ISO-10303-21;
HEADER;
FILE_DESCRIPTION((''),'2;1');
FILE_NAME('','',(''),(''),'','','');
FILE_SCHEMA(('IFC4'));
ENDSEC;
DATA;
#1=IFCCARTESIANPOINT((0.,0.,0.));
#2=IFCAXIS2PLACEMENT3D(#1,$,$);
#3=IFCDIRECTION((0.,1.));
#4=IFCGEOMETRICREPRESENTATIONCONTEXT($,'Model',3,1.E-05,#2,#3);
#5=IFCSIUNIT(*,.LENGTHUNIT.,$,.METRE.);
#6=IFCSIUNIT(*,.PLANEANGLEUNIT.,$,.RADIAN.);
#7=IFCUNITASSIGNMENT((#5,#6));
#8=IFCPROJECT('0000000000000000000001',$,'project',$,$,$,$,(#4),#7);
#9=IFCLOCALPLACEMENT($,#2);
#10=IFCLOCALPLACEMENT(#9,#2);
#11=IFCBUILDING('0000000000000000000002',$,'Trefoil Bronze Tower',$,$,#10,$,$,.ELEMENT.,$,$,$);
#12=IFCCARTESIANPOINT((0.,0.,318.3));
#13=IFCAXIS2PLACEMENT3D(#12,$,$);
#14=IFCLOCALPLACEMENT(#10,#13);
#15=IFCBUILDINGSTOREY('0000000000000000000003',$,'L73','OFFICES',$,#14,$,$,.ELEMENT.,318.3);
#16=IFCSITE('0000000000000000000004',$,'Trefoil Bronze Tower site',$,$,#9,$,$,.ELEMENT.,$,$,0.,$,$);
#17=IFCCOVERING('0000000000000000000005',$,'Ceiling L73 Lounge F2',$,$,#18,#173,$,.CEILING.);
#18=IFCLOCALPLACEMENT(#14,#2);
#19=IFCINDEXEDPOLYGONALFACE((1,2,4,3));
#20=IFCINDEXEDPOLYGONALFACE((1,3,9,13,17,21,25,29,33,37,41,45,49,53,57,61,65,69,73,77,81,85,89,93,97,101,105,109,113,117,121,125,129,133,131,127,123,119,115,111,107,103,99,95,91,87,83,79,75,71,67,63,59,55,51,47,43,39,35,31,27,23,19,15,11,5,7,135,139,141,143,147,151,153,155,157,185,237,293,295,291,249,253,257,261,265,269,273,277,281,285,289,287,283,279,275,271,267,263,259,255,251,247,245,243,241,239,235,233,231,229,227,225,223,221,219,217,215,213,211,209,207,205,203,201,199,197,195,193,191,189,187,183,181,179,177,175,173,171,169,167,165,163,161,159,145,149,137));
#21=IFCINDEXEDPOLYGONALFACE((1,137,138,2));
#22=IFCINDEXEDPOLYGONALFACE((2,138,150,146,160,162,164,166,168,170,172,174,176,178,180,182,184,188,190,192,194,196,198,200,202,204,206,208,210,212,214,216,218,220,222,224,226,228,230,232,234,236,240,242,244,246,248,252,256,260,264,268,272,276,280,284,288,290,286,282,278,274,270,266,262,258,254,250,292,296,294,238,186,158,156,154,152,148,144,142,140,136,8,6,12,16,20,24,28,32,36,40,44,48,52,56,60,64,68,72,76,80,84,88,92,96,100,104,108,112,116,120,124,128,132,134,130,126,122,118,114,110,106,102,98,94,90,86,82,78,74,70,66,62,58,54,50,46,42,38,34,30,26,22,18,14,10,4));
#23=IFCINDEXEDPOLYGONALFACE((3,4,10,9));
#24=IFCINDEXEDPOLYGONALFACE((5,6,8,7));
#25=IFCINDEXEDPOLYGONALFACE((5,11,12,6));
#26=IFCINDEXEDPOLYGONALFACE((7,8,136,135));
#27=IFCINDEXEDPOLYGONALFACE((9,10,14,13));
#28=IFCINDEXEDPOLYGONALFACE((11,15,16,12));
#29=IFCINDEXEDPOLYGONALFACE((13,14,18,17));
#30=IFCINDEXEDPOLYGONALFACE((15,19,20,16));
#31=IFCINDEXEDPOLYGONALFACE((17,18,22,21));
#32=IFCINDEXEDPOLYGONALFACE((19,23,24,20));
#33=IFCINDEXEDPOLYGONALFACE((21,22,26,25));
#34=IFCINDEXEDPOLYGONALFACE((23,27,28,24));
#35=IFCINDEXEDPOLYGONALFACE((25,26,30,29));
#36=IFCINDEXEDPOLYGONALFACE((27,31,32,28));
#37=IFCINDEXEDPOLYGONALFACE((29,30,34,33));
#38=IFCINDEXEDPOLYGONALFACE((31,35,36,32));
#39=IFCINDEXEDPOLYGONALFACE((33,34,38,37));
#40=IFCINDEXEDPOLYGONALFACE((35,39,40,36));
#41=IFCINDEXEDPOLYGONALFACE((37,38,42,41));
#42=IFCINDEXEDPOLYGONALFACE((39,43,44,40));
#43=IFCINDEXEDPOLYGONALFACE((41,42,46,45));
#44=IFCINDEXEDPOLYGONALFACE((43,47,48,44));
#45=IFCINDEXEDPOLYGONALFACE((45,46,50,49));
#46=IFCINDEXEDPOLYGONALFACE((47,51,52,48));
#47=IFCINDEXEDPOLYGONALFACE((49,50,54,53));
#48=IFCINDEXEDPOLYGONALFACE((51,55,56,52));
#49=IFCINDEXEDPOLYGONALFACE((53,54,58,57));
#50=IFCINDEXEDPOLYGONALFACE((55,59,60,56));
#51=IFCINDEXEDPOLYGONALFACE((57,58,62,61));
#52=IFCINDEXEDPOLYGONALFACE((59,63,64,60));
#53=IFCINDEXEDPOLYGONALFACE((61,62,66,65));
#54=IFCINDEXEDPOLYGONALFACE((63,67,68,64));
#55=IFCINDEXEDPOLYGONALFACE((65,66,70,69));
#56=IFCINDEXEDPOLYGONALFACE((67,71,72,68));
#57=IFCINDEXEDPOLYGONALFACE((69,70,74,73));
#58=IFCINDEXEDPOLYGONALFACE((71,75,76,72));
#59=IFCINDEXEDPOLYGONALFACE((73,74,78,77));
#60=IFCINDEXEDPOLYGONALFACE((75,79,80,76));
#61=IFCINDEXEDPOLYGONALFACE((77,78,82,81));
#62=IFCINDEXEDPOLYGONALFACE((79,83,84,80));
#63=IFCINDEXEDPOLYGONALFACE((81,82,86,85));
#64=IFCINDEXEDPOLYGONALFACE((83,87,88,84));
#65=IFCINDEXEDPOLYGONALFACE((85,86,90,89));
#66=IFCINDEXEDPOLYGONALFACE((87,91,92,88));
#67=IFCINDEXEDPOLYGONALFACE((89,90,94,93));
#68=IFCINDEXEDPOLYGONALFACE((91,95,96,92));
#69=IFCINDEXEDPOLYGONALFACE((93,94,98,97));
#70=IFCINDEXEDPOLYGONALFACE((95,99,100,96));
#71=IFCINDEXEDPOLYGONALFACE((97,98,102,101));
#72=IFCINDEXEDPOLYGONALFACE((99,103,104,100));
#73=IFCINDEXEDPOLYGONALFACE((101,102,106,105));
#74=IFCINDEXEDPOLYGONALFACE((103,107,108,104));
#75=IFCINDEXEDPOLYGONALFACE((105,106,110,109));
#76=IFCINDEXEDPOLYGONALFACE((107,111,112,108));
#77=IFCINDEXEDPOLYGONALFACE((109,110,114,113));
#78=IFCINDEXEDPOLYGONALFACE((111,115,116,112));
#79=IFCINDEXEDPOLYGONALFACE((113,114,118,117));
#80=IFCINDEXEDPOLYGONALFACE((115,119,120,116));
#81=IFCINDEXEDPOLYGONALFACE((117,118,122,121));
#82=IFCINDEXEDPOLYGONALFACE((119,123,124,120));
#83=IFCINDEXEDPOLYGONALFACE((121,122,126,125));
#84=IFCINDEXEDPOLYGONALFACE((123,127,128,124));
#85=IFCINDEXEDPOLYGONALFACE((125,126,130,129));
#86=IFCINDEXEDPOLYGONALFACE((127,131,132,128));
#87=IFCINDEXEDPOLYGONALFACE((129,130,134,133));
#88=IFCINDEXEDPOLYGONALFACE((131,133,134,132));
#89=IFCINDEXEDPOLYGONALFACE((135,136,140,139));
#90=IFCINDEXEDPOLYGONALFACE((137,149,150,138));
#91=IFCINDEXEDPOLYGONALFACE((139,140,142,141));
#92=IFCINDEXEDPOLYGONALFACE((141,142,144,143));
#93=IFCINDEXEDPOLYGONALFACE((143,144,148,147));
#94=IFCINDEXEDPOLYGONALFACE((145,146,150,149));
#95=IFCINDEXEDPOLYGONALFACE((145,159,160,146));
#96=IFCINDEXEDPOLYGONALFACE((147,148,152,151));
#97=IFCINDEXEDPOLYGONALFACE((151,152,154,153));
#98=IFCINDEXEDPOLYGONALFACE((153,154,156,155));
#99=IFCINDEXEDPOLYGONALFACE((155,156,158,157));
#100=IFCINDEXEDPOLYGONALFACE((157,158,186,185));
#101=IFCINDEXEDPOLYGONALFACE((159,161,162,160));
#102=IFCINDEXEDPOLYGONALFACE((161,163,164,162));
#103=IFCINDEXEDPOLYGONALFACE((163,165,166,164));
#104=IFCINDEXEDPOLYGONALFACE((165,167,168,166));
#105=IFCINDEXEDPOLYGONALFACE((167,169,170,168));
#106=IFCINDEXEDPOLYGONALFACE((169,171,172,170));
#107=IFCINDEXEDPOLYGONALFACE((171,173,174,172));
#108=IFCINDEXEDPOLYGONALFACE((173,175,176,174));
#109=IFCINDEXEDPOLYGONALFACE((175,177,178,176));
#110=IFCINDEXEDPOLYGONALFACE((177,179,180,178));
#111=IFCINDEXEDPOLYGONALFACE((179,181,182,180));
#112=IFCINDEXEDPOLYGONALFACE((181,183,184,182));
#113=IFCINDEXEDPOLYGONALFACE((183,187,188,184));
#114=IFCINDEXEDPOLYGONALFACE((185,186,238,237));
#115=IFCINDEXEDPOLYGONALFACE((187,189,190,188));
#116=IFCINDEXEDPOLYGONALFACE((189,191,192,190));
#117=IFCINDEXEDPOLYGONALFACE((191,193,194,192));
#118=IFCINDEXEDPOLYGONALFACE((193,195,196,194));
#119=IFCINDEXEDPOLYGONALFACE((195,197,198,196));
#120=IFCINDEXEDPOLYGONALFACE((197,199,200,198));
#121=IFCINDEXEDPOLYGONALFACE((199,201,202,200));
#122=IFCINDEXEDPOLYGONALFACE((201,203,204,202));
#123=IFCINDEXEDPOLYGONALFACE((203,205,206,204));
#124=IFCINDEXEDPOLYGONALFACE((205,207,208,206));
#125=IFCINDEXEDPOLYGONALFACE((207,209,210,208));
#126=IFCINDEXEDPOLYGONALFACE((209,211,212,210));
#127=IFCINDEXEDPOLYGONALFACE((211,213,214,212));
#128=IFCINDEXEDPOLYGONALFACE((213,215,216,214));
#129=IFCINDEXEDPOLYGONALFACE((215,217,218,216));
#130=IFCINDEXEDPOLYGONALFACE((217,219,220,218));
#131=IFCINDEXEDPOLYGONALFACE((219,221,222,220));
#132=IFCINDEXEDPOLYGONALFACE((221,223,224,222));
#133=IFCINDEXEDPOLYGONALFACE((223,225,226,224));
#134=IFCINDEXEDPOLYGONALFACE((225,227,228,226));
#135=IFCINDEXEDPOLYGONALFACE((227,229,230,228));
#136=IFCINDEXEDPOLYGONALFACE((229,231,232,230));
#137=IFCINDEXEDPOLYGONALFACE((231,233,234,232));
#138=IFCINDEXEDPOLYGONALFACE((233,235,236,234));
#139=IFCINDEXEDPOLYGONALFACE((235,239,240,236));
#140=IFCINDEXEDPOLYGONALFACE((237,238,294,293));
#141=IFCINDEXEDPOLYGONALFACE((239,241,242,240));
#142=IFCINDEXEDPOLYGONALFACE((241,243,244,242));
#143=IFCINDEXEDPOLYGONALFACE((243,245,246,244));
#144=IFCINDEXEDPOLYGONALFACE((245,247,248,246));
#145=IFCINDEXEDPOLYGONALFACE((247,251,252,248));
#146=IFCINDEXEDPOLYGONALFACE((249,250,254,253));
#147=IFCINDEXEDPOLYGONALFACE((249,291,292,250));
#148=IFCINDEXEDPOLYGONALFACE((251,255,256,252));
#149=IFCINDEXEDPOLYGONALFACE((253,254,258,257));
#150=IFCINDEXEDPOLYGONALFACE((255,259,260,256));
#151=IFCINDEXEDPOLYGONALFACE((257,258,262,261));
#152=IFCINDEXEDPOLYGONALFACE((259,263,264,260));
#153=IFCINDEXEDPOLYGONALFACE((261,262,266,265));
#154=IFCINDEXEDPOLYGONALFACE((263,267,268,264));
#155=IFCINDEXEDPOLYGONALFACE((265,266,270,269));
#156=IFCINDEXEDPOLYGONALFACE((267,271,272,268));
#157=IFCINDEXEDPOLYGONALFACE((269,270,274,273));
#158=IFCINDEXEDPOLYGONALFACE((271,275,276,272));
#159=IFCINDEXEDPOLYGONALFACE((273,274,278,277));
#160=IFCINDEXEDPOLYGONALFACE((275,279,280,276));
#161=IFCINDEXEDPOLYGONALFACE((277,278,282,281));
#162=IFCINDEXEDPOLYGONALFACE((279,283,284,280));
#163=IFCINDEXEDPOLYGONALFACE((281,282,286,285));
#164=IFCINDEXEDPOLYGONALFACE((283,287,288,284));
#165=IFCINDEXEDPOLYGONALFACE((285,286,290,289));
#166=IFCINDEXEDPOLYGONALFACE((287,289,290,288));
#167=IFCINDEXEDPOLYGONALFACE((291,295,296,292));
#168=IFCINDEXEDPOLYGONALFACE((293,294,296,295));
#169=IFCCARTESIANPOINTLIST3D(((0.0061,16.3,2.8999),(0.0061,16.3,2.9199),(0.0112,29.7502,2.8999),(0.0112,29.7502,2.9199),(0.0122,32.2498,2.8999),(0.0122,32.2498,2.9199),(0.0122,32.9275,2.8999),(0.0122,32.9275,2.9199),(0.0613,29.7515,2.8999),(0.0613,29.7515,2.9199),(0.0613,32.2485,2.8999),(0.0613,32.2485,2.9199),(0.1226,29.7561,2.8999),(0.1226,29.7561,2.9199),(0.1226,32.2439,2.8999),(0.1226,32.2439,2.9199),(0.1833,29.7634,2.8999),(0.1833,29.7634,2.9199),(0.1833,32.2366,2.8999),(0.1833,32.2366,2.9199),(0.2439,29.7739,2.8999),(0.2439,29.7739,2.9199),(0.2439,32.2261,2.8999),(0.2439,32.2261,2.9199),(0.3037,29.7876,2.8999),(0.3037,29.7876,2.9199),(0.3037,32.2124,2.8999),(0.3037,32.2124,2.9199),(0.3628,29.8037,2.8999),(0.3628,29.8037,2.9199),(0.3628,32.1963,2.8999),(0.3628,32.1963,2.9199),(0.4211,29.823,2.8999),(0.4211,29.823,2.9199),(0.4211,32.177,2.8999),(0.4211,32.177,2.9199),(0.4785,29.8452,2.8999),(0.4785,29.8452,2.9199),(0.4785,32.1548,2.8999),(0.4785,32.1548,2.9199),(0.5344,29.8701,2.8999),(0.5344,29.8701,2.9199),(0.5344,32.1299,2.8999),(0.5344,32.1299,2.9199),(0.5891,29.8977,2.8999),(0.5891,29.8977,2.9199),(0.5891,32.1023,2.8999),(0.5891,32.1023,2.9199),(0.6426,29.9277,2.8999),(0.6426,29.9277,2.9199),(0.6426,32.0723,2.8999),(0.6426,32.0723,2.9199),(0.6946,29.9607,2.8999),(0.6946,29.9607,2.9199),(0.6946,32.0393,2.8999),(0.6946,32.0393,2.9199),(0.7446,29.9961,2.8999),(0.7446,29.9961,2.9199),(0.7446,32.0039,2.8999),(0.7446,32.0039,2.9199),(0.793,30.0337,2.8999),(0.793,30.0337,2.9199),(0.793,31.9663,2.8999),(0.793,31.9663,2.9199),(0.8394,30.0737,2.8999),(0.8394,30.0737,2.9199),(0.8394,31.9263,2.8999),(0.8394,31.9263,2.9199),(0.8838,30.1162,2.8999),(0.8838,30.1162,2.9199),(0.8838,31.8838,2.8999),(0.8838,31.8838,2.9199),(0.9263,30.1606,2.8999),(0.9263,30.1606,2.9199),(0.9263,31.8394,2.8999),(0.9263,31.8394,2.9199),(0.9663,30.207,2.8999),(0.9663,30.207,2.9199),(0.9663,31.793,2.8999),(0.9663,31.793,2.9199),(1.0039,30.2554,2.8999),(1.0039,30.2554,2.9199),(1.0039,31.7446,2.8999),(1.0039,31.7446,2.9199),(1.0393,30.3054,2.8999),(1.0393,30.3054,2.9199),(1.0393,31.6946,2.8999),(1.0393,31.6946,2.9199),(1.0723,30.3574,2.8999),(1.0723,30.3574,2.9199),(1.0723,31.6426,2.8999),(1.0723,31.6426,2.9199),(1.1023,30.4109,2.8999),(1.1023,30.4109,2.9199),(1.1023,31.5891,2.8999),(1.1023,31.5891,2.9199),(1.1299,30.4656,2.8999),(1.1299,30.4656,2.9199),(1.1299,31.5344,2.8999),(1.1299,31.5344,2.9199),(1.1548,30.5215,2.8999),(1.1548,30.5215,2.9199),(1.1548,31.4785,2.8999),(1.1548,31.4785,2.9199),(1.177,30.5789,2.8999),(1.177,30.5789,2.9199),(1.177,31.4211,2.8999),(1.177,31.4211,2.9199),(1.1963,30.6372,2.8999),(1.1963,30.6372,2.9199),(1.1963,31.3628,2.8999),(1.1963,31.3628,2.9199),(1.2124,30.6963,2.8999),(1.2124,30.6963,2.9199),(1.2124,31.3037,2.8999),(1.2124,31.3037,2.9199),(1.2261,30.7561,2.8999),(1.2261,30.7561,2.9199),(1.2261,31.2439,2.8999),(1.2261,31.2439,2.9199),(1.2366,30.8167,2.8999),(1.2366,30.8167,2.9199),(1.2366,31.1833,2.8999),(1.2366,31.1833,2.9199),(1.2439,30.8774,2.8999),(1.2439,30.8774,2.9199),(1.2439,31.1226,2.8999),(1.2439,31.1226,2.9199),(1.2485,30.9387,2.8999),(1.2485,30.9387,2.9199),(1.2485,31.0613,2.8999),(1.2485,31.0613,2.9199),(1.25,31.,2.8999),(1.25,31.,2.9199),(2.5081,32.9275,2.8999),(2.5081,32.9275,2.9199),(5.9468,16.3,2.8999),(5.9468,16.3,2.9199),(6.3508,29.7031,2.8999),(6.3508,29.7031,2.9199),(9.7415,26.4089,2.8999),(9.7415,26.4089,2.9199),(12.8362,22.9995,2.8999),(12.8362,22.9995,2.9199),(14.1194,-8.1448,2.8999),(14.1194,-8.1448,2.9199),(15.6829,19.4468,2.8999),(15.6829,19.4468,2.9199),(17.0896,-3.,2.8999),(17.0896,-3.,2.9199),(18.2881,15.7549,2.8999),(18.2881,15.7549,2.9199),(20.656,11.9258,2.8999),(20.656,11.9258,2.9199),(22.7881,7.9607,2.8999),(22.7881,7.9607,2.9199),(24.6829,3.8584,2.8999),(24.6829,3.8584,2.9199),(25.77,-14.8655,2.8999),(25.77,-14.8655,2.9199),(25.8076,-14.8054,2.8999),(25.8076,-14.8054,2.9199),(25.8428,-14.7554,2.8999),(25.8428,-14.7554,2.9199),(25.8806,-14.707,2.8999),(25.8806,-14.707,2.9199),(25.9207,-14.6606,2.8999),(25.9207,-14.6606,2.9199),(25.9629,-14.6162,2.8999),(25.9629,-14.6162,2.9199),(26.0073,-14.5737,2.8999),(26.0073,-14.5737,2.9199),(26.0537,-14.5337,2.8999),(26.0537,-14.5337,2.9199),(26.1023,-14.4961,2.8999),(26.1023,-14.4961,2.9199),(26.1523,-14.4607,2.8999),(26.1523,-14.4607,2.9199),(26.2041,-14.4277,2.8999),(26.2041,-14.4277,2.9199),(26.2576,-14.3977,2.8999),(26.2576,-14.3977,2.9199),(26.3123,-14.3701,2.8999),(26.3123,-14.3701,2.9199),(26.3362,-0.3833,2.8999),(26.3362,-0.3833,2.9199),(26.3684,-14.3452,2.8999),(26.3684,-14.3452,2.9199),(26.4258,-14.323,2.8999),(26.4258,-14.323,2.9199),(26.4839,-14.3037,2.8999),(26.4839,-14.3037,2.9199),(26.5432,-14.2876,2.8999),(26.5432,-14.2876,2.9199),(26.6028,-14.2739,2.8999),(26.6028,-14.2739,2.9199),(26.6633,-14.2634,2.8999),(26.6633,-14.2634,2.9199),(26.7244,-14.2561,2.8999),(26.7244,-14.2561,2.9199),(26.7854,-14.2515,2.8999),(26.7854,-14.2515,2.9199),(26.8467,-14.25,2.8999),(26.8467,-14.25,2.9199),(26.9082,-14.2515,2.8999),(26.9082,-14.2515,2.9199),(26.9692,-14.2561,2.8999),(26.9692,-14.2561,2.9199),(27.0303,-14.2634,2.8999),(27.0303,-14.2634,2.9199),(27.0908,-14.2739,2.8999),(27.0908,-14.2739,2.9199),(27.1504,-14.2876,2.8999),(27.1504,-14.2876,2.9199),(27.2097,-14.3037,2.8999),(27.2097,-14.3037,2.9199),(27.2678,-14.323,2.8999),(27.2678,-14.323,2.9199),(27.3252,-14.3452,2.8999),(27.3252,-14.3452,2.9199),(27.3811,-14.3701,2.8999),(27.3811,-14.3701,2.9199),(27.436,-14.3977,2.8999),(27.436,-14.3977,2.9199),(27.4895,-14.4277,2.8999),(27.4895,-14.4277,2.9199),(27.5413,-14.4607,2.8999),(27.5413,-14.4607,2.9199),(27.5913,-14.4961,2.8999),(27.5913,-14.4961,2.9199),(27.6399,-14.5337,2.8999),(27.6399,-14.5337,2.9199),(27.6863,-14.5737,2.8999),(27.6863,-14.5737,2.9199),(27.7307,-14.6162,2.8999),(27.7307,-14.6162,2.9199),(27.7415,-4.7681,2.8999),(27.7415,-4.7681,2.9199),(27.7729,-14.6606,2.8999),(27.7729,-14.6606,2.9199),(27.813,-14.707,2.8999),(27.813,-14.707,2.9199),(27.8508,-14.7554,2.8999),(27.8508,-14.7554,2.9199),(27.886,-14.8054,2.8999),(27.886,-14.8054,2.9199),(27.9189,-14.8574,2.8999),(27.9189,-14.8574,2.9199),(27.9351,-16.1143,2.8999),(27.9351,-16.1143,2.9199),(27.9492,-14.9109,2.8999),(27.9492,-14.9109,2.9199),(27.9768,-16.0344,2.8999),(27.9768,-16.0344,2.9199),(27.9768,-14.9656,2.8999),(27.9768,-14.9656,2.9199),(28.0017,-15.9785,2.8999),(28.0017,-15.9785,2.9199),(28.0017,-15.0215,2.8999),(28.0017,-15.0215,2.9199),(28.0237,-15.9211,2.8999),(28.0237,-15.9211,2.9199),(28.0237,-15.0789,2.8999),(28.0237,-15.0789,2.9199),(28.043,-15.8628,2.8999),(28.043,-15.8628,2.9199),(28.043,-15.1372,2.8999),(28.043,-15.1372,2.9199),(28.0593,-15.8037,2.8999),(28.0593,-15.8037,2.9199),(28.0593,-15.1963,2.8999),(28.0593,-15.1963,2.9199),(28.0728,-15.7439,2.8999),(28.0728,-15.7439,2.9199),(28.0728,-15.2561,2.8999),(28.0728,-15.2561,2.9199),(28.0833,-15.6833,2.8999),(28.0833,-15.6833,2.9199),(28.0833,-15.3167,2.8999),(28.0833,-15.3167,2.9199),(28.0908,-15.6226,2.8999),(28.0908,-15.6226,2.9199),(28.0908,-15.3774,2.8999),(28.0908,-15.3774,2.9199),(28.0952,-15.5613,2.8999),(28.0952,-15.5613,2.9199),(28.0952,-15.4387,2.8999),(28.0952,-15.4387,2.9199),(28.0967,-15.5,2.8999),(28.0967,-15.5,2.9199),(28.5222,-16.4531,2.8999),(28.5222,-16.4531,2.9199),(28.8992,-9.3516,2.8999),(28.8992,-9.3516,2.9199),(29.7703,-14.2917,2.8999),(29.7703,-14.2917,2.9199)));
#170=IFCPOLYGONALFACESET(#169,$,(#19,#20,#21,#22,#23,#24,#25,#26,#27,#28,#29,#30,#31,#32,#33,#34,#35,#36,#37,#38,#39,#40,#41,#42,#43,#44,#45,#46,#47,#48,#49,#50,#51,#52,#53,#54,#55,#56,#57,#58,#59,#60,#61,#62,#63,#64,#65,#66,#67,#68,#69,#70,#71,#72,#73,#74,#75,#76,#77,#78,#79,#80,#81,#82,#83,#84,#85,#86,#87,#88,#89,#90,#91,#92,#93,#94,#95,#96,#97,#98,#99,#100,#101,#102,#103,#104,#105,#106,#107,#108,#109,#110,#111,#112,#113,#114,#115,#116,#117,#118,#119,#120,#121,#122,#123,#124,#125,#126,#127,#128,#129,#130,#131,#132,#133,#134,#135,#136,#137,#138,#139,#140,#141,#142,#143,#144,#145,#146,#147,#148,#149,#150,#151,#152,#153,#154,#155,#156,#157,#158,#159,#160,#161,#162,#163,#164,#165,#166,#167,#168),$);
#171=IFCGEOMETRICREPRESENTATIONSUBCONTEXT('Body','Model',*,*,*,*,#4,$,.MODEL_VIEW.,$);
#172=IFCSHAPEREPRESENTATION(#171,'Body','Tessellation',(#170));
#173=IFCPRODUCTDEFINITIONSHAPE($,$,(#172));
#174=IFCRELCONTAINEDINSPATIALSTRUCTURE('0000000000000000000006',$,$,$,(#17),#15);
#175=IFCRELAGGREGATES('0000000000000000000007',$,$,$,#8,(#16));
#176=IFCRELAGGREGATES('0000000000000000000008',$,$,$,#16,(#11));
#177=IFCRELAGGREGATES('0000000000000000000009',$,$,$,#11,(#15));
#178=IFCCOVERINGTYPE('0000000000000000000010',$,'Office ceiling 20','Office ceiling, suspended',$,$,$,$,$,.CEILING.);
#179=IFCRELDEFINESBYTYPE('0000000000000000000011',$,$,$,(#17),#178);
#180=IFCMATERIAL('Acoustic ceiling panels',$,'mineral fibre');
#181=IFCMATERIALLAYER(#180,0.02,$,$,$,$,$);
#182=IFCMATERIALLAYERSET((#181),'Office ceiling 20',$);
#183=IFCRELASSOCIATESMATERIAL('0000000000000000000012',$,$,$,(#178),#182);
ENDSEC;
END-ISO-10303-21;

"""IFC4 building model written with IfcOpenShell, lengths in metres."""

from ifc_helpers import new_model, si_unit, direction, frame, origin, place, context, subcontext, project, spatial, polyline, outline, extrude, material, layer, layer_set, type_object, element, save


model = new_model("IFC4")

# Units and contexts
model_context = context("Model", 3, precision=1e-05, world=origin(), true_north=direction((0.0, 1.0)))
body_context = subcontext(model_context, "Body", "Model", "MODEL_VIEW")
ifc_project = project(units=[si_unit("LENGTHUNIT", "METRE"), si_unit("PLANEANGLEUNIT", "RADIAN")], contexts=[model_context])

# Site, building, storey
site_placement = place(None, origin())
site = spatial("IfcSite", under=ifc_project, at=site_placement, Name="Trefoil Bronze Tower site", CompositionType="ELEMENT", RefElevation=0.0)
building_placement = place(site_placement, origin())
building = spatial("IfcBuilding", under=site, at=building_placement, Name="Trefoil Bronze Tower", CompositionType="ELEMENT")
storey_placement = place(building_placement, frame((0.0, 0.0, 318.3)))
storey = spatial("IfcBuildingStorey", under=building, at=storey_placement, Name="L73", Description="OFFICES", CompositionType="ELEMENT", Elevation=318.3)

# Covering
ifc_material_1 = material(Name="Acoustic ceiling panels", Category="mineral fibre")
ifc_layer_1 = layer(ifc_material_1, 0.02)
ifc_layer_set_1 = layer_set([ifc_layer_1], Name="Office ceiling 20")
covering_type_1 = type_object("IfcCoveringType", Name="Office ceiling 20", Description="Office ceiling, suspended", PredefinedType="CEILING", material=ifc_layer_set_1)
covering_1_placement = place(storey_placement, frame((0.0, 0.0, 2.8999)))
element("IfcCovering", 1, at=covering_1_placement, inside=storey, type_object=covering_type_1, Name="Ceiling L73 Lounge F2", PredefinedType="CEILING", context=body_context, shape_type="SweptSolid", body=[
    extrude(outline(polyline([(9.7415, 26.4089), (12.8362, 22.9995), (15.6829, 19.4468), (18.2881, 15.7549), (20.656, 11.9258), (22.7881, 7.9607), (24.6829, 3.8584), (26.3362, -0.3833), (27.7415, -4.7681), (28.8992, -9.3516), (29.7703, -14.2917), (28.5222, -16.4531), (27.9351, -16.1143), (27.9768, -16.0344), (28.0017, -15.9785), (28.0237, -15.9211), (28.043, -15.8628), (28.0593, -15.8037), (28.0728, -15.7439), (28.0833, -15.6833), (28.0908, -15.6226), (28.0952, -15.5613), (28.0967, -15.5), (28.0952, -15.4387), (28.0908, -15.3774), (28.0833, -15.3167), (28.0728, -15.2561), (28.0593, -15.1963), (28.043, -15.1372), (28.0237, -15.0789), (28.0017, -15.0215), (27.9768, -14.9656), (27.9492, -14.9109), (27.9189, -14.8574), (27.886, -14.8054), (27.8508, -14.7554), (27.813, -14.707), (27.7729, -14.6606), (27.7307, -14.6162), (27.6863, -14.5737), (27.6399, -14.5337), (27.5913, -14.4961), (27.5413, -14.4607), (27.4895, -14.4277), (27.436, -14.3977), (27.3811, -14.3701), (27.3252, -14.3452), (27.2678, -14.323), (27.2097, -14.3037), (27.1504, -14.2876), (27.0908, -14.2739), (27.0303, -14.2634), (26.9692, -14.2561), (26.9082, -14.2515), (26.8467, -14.25), (26.7854, -14.2515), (26.7244, -14.2561), (26.6633, -14.2634), (26.6028, -14.2739), (26.5432, -14.2876), (26.4839, -14.3037), (26.4258, -14.323), (26.3684, -14.3452), (26.3123, -14.3701), (26.2576, -14.3977), (26.2041, -14.4277), (26.1523, -14.4607), (26.1023, -14.4961), (26.0537, -14.5337), (26.0073, -14.5737), (25.9629, -14.6162), (25.9207, -14.6606), (25.8806, -14.707), (25.8428, -14.7554), (25.8076, -14.8054), (25.77, -14.8655), (14.1194, -8.1448), (17.0896, -3.0), (5.9468, 16.3), (0.0061, 16.3), (0.0112, 29.7502), (0.0613, 29.7515), (0.1226, 29.7561), (0.1833, 29.7634), (0.2439, 29.7739), (0.3037, 29.7876), (0.3628, 29.8037), (0.4211, 29.823), (0.4785, 29.8452), (0.5344, 29.8701), (0.5891, 29.8977), (0.6426, 29.9277), (0.6946, 29.9607), (0.7446, 29.9961), (0.793, 30.0337), (0.8394, 30.0737), (0.8838, 30.1162), (0.9263, 30.1606), (0.9663, 30.207), (1.0039, 30.2554), (1.0393, 30.3054), (1.0723, 30.3574), (1.1023, 30.4109), (1.1299, 30.4656), (1.1548, 30.5215), (1.177, 30.5789), (1.1963, 30.6372), (1.2124, 30.6963), (1.2261, 30.7561), (1.2366, 30.8167), (1.2439, 30.8774), (1.2485, 30.9387), (1.25, 31.0), (1.2485, 31.0613), (1.2439, 31.1226), (1.2366, 31.1833), (1.2261, 31.2439), (1.2124, 31.3037), (1.1963, 31.3628), (1.177, 31.4211), (1.1548, 31.4785), (1.1299, 31.5344), (1.1023, 31.5891), (1.0723, 31.6426), (1.0393, 31.6946), (1.0039, 31.7446), (0.9663, 31.793), (0.9263, 31.8394), (0.8838, 31.8838), (0.8394, 31.9263), (0.793, 31.9663), (0.7446, 32.0039), (0.6946, 32.0393), (0.6426, 32.0723), (0.5891, 32.1023), (0.5344, 32.1299), (0.4785, 32.1548), (0.4211, 32.177), (0.3628, 32.1963), (0.3037, 32.2124), (0.2439, 32.2261), (0.1833, 32.2366), (0.1226, 32.2439), (0.0613, 32.2485), (0.0122, 32.2498), (0.0122, 32.9275), (2.5081, 32.9275), (6.3508, 29.7031), (9.7415, 26.4089)])), origin(), (0.0, 0.0, 1.0), 0.02),
])

save(model, "model.ifc")
